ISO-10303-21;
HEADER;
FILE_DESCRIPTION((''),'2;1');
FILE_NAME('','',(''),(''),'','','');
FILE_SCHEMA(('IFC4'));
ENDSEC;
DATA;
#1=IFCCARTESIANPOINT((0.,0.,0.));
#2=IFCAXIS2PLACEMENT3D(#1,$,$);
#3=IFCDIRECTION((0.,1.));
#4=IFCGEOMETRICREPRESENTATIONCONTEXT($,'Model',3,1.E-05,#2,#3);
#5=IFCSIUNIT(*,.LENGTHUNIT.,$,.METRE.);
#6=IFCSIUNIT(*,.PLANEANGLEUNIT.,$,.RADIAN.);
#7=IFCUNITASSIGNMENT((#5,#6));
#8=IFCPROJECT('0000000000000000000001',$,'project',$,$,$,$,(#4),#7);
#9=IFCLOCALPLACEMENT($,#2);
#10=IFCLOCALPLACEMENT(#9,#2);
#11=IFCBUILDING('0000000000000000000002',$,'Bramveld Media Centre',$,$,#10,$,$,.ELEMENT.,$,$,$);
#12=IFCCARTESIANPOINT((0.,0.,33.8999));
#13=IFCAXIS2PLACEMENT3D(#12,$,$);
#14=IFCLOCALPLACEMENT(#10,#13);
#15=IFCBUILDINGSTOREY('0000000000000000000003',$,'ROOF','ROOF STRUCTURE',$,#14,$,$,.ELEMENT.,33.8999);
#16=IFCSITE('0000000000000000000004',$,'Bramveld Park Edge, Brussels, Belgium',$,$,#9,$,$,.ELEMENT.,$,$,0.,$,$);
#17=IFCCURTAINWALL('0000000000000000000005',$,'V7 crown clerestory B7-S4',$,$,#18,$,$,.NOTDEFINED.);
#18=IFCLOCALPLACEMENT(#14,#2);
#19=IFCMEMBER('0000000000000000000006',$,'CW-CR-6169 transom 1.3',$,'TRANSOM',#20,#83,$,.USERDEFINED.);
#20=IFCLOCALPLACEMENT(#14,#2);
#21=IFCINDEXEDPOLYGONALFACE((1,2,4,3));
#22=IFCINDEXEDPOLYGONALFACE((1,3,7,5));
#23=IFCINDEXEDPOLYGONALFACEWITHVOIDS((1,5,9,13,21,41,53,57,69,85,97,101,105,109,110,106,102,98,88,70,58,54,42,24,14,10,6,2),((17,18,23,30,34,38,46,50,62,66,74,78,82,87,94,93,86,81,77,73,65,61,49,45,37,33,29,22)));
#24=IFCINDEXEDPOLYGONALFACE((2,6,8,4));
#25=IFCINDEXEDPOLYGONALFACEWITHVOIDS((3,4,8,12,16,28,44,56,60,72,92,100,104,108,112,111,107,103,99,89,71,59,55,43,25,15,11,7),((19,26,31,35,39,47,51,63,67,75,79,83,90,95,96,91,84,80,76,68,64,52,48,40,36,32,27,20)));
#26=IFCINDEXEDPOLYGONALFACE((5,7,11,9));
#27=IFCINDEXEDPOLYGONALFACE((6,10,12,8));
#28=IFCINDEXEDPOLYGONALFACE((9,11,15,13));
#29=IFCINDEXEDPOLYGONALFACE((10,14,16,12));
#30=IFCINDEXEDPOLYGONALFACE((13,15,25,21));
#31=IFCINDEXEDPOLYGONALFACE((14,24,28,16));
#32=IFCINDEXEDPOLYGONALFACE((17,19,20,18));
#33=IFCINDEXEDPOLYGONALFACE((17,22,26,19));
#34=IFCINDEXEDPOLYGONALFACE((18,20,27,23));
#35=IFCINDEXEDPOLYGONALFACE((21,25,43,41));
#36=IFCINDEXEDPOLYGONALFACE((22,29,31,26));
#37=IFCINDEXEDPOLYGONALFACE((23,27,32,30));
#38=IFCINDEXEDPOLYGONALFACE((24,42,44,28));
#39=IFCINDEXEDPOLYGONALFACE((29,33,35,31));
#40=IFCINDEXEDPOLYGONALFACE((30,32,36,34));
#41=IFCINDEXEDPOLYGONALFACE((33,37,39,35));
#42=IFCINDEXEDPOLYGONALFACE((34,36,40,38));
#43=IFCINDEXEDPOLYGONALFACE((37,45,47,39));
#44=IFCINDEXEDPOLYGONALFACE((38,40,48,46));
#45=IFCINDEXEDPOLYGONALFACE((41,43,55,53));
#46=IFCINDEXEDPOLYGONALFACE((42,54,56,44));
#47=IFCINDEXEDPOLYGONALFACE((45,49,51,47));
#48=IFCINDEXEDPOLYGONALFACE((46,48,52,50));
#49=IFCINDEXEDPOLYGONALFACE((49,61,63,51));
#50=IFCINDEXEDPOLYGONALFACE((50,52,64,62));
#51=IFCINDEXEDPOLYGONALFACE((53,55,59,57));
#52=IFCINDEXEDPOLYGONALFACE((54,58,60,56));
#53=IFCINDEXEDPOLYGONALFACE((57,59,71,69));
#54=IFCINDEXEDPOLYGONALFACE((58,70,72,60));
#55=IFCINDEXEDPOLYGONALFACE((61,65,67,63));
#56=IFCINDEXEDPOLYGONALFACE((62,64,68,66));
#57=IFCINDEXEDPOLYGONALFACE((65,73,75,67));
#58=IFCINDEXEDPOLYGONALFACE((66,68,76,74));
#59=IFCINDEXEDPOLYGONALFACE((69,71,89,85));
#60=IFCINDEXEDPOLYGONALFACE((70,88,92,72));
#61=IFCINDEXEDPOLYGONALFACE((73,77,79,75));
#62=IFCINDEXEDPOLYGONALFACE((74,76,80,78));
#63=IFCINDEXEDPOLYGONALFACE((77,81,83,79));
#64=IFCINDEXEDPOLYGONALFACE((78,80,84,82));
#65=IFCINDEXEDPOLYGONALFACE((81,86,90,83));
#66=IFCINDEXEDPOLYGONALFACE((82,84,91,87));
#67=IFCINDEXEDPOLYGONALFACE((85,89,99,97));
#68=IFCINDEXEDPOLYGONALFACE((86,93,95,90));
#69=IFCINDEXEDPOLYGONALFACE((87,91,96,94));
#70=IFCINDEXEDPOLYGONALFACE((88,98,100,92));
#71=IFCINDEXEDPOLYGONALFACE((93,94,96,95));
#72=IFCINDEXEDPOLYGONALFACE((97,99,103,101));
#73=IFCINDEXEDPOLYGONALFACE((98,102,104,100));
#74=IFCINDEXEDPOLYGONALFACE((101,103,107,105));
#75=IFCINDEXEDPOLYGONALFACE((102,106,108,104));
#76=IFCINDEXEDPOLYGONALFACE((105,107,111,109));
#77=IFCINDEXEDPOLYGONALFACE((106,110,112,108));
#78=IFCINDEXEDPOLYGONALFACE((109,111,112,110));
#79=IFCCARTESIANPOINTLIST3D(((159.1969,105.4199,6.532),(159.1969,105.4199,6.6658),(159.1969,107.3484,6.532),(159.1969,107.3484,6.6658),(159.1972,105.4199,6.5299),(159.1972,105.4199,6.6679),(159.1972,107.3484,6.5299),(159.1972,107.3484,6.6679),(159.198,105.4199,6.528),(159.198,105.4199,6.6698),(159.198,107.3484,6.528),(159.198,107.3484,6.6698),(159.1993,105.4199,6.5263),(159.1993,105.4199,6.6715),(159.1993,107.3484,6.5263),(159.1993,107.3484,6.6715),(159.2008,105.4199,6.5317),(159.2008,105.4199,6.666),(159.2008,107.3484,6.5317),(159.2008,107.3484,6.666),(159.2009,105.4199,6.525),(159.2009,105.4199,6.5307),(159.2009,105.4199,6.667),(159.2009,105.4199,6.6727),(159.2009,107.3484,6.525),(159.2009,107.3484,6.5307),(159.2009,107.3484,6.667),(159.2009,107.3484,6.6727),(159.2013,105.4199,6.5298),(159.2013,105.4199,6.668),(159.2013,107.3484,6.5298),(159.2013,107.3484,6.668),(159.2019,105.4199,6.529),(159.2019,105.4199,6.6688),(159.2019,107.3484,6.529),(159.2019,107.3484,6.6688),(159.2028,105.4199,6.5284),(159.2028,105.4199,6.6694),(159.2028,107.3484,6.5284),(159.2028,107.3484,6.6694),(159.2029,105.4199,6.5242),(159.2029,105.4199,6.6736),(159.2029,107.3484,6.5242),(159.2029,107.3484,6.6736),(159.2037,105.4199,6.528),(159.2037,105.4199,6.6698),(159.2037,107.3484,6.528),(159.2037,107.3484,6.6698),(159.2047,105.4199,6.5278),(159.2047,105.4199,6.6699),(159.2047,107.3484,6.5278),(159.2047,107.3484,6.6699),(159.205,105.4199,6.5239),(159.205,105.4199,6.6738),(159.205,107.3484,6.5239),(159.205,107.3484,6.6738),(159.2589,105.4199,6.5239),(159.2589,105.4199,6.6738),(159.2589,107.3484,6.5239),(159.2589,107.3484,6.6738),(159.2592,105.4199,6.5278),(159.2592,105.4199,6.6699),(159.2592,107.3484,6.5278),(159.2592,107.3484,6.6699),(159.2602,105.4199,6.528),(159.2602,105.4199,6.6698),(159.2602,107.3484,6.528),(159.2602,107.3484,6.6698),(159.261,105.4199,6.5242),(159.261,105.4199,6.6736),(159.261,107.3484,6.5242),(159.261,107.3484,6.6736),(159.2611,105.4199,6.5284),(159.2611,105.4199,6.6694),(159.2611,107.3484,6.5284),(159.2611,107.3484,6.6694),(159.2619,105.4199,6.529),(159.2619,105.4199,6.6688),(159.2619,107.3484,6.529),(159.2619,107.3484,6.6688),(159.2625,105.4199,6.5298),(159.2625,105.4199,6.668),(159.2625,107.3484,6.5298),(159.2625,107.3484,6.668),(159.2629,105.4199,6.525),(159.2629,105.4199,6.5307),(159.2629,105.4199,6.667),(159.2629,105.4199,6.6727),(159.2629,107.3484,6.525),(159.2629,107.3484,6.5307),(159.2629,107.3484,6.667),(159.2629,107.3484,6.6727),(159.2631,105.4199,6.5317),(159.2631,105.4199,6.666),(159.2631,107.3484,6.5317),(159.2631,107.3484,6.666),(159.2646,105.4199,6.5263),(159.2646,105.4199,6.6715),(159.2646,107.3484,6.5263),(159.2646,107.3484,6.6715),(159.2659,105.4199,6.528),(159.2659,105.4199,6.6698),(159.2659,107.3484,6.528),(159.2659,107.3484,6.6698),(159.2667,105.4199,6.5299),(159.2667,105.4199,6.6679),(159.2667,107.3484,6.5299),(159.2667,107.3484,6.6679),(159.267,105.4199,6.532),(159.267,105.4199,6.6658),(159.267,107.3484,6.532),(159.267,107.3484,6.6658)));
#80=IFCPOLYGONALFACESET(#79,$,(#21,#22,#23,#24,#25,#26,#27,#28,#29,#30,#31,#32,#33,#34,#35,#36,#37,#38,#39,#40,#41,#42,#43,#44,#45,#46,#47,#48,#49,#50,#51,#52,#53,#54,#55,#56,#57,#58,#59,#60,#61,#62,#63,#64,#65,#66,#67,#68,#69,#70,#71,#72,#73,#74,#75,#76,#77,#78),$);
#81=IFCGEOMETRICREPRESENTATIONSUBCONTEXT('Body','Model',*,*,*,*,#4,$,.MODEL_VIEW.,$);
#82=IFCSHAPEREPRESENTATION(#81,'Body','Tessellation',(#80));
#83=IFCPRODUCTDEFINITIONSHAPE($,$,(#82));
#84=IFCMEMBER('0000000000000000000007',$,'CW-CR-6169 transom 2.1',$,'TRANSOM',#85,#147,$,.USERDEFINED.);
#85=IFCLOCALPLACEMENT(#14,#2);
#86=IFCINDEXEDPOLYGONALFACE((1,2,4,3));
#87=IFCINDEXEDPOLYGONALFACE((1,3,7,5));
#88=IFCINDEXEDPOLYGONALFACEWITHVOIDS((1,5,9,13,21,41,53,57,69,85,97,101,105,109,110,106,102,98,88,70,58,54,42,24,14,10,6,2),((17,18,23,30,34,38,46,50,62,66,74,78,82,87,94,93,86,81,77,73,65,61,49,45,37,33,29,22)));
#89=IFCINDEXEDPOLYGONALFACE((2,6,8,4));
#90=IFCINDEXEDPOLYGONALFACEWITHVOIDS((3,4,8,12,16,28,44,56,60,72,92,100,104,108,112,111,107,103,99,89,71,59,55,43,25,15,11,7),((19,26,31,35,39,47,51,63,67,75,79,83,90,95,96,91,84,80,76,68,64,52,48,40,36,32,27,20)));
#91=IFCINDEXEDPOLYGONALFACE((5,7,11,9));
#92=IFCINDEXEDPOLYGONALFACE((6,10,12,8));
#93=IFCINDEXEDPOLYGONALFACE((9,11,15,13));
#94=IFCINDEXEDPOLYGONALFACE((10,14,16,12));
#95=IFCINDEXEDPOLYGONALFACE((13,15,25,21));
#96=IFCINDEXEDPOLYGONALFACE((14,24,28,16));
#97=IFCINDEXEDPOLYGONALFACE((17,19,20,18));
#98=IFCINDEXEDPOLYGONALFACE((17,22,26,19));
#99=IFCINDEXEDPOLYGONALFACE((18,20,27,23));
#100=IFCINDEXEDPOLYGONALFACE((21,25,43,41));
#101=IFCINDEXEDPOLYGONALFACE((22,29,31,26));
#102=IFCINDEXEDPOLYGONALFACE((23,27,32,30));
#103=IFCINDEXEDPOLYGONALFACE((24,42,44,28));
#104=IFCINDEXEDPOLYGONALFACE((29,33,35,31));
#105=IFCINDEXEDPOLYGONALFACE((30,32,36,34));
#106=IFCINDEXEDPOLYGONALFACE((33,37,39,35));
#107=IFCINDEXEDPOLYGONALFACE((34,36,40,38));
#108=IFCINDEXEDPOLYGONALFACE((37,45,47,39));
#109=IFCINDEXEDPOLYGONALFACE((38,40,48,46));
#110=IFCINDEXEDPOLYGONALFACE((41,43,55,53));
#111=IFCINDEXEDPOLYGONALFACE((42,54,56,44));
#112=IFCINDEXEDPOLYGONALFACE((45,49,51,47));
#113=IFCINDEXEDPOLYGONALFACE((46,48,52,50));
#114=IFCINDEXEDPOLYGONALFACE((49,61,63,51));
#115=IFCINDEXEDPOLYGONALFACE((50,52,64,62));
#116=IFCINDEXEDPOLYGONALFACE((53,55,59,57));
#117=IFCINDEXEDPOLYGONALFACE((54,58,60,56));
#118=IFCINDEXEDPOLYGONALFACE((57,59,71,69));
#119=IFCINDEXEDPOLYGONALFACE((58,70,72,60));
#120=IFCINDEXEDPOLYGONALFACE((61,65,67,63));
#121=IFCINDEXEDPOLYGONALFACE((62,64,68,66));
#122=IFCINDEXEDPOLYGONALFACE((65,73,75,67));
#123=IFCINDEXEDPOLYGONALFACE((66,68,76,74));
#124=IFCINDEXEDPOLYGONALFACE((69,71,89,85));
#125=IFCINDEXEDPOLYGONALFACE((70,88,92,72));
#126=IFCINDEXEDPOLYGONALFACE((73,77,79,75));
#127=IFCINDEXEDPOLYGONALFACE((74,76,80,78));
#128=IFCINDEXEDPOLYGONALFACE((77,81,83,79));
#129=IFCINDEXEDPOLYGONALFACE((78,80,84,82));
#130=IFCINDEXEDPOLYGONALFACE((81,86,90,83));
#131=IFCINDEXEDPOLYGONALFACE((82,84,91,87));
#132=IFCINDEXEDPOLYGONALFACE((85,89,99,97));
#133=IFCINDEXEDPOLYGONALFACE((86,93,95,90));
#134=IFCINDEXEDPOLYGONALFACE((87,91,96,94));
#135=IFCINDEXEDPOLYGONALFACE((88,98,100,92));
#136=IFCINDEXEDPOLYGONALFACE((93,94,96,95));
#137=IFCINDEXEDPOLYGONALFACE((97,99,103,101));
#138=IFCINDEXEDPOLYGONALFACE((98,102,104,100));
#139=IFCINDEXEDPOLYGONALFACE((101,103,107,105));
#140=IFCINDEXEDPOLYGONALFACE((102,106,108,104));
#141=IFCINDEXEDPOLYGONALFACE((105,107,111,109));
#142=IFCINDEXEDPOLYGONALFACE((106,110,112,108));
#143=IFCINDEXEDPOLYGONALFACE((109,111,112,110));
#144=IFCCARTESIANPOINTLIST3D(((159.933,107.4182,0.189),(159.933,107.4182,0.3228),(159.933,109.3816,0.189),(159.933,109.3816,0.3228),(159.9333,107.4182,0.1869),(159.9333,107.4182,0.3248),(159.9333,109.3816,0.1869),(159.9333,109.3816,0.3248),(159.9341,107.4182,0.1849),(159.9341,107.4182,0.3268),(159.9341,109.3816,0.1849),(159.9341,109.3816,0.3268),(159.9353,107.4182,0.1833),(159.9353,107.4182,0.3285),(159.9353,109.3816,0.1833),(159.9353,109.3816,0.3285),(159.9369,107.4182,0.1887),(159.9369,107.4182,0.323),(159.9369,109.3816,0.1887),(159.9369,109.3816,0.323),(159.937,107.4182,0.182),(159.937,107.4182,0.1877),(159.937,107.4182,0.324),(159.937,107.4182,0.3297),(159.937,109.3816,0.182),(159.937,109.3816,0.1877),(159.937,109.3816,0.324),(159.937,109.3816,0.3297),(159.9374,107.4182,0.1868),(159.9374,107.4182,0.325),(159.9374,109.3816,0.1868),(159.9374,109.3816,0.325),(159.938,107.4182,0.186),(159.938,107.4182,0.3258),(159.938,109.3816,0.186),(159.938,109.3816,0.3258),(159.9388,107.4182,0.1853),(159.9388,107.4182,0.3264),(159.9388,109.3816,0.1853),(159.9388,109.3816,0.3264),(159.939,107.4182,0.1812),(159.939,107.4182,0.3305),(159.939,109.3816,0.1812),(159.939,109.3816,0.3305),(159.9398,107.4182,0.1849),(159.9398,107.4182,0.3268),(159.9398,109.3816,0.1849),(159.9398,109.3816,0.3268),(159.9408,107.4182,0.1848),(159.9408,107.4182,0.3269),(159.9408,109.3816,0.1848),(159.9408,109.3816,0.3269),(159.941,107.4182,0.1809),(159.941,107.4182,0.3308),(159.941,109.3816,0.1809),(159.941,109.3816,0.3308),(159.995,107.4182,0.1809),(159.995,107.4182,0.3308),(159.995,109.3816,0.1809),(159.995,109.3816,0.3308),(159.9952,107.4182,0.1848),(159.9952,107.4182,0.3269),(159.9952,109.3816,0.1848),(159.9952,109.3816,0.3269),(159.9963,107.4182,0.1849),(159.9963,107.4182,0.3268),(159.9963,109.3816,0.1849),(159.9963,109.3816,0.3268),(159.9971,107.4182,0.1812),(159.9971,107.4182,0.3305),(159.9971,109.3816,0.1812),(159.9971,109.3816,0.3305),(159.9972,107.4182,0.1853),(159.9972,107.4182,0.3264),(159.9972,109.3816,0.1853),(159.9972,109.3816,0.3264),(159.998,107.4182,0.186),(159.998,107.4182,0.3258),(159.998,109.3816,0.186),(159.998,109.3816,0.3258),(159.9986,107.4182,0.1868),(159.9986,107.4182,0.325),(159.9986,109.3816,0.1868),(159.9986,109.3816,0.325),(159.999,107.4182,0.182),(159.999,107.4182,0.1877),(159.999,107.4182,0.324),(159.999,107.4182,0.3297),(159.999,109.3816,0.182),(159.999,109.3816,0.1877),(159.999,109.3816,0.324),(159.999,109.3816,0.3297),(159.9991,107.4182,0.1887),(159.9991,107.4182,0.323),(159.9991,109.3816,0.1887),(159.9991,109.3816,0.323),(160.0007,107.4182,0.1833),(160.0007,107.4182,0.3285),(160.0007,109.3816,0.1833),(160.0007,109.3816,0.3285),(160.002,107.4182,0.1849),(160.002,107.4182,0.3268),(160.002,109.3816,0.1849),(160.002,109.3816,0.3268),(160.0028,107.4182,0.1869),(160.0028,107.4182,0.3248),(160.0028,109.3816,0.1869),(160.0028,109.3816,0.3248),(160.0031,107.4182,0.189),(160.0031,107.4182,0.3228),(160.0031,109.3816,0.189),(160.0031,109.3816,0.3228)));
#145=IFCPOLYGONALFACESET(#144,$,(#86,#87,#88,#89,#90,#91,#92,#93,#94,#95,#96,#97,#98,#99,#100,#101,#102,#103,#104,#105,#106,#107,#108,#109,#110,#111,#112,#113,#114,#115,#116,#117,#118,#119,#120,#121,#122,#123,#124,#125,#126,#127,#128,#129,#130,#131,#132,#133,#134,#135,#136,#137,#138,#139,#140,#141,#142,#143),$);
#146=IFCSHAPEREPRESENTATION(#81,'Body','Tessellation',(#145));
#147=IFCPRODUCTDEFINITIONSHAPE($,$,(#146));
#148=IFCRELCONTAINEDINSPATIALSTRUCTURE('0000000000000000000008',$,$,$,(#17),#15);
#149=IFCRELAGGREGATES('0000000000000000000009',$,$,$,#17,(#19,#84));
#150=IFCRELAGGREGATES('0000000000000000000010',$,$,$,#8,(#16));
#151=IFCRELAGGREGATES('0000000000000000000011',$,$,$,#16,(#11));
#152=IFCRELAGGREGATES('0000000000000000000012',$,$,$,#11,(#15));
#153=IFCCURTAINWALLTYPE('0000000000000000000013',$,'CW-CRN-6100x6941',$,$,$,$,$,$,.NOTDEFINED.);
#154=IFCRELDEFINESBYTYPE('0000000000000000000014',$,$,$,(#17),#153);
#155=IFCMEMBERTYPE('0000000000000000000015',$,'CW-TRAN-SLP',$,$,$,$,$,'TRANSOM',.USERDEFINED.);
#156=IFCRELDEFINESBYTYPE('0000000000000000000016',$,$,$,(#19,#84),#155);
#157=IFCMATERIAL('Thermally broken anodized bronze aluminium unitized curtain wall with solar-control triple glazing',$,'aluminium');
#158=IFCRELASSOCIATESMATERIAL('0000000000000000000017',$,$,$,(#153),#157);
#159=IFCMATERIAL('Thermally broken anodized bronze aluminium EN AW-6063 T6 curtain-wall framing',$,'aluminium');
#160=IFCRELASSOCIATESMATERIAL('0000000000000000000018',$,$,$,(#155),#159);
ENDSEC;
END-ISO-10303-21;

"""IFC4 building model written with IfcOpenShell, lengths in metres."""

from ifc_helpers import new_model, si_unit, direction, frame, origin, origin_2d, place, context, subcontext, project, spatial, hollow_rectangle, extrude, material, material_profile, profile_set, type_object, element, aggregate, save


model = new_model("IFC4")

# Units and contexts
model_context = context("Model", 3, precision=1e-05, world=origin(), true_north=direction((0.0, 1.0)))
body_context = subcontext(model_context, "Body", "Model", "MODEL_VIEW")
ifc_project = project(units=[si_unit("LENGTHUNIT", "METRE"), si_unit("PLANEANGLEUNIT", "RADIAN")], contexts=[model_context])

# Site, building, storey
site_placement = place(None, origin())
site = spatial("IfcSite", under=ifc_project, at=site_placement, Name="Bramveld Park Edge, Brussels, Belgium", CompositionType="ELEMENT", RefElevation=0.0)
building_placement = place(site_placement, origin())
building = spatial("IfcBuilding", under=site, at=building_placement, Name="Bramveld Media Centre", CompositionType="ELEMENT")
storey_placement = place(building_placement, frame((0.0, 0.0, 33.8999)))
storey = spatial("IfcBuildingStorey", under=building, at=storey_placement, Name="ROOF", Description="ROOF STRUCTURE", CompositionType="ELEMENT", Elevation=33.8999)

# Curtain wall
ifc_material_1 = material(Name="Thermally broken anodized bronze aluminium unitized curtain wall with solar-control triple glazing", Category="aluminium")
curtain_wall_type = type_object("IfcCurtainWallType", Name="CW-CRN-6100x6941", PredefinedType="NOTDEFINED", material=ifc_material_1)
curtain_wall_1_placement = place(storey_placement, origin())
curtain_wall_1 = element("IfcCurtainWall", 1, at=curtain_wall_1_placement, inside=storey, type_object=curtain_wall_type, Name="V7 crown clerestory B7-S4", PredefinedType="NOTDEFINED")

# Members
ifc_material_2 = material(Name="Thermally broken anodized bronze aluminium EN AW-6063 T6 curtain-wall framing", Category="aluminium")
ifc_material_profile_1 = material_profile(ifc_material_2, hollow_rectangle(XDim=0.0701, YDim=0.1499, WallThickness=0.0039, InnerFilletRadius=0.0039, OuterFilletRadius=0.0081, at=origin_2d()), Name="AL-TRAN 70x150")
ifc_profile_set_1 = profile_set([ifc_material_profile_1], Name="Thermally broken anodized bronze aluminium EN AW-6063 T6 curtain-wall framing")
member_type_1 = type_object("IfcMemberType", Name="CW-TRAN-SLP", ElementType="TRANSOM", PredefinedType="USERDEFINED", material=ifc_profile_set_1)
member_1_placement = place(storey_placement, frame((159.2319, 105.4199, 6.5989), z_axis=(0.0, 1.0, 0.0), x_axis=(-1.0, 0.0, 0.0)))
member_1 = element("IfcMember", 2, at=member_1_placement, type_object=member_type_1, Name="CW-CR-6169 transom 1.3", ObjectType="TRANSOM", PredefinedType="USERDEFINED", context=body_context, shape_type="SweptSolid", body=[
    extrude(hollow_rectangle(XDim=0.0701, YDim=0.1499, WallThickness=0.0039, InnerFilletRadius=0.0039, OuterFilletRadius=0.0081, at=origin_2d()), origin(), (0.0, 0.0, 1.0), 1.9285),
])
member_2_placement = place(storey_placement, frame((159.968, 107.4182, 0.2559), z_axis=(0.0, 1.0, 0.0), x_axis=(-1.0, 0.0, 0.0)))
member_2 = element("IfcMember", 3, at=member_2_placement, type_object=member_type_1, Name="CW-CR-6169 transom 2.1", ObjectType="TRANSOM", PredefinedType="USERDEFINED", context=body_context, shape_type="SweptSolid", body=[
    extrude(hollow_rectangle(XDim=0.0701, YDim=0.1499, WallThickness=0.0039, InnerFilletRadius=0.0039, OuterFilletRadius=0.0081, at=origin_2d()), origin(), (0.0, 0.0, 1.0), 1.9634),
])

aggregate(curtain_wall_1, [member_1, member_2])

save(model, "model.ifc")
